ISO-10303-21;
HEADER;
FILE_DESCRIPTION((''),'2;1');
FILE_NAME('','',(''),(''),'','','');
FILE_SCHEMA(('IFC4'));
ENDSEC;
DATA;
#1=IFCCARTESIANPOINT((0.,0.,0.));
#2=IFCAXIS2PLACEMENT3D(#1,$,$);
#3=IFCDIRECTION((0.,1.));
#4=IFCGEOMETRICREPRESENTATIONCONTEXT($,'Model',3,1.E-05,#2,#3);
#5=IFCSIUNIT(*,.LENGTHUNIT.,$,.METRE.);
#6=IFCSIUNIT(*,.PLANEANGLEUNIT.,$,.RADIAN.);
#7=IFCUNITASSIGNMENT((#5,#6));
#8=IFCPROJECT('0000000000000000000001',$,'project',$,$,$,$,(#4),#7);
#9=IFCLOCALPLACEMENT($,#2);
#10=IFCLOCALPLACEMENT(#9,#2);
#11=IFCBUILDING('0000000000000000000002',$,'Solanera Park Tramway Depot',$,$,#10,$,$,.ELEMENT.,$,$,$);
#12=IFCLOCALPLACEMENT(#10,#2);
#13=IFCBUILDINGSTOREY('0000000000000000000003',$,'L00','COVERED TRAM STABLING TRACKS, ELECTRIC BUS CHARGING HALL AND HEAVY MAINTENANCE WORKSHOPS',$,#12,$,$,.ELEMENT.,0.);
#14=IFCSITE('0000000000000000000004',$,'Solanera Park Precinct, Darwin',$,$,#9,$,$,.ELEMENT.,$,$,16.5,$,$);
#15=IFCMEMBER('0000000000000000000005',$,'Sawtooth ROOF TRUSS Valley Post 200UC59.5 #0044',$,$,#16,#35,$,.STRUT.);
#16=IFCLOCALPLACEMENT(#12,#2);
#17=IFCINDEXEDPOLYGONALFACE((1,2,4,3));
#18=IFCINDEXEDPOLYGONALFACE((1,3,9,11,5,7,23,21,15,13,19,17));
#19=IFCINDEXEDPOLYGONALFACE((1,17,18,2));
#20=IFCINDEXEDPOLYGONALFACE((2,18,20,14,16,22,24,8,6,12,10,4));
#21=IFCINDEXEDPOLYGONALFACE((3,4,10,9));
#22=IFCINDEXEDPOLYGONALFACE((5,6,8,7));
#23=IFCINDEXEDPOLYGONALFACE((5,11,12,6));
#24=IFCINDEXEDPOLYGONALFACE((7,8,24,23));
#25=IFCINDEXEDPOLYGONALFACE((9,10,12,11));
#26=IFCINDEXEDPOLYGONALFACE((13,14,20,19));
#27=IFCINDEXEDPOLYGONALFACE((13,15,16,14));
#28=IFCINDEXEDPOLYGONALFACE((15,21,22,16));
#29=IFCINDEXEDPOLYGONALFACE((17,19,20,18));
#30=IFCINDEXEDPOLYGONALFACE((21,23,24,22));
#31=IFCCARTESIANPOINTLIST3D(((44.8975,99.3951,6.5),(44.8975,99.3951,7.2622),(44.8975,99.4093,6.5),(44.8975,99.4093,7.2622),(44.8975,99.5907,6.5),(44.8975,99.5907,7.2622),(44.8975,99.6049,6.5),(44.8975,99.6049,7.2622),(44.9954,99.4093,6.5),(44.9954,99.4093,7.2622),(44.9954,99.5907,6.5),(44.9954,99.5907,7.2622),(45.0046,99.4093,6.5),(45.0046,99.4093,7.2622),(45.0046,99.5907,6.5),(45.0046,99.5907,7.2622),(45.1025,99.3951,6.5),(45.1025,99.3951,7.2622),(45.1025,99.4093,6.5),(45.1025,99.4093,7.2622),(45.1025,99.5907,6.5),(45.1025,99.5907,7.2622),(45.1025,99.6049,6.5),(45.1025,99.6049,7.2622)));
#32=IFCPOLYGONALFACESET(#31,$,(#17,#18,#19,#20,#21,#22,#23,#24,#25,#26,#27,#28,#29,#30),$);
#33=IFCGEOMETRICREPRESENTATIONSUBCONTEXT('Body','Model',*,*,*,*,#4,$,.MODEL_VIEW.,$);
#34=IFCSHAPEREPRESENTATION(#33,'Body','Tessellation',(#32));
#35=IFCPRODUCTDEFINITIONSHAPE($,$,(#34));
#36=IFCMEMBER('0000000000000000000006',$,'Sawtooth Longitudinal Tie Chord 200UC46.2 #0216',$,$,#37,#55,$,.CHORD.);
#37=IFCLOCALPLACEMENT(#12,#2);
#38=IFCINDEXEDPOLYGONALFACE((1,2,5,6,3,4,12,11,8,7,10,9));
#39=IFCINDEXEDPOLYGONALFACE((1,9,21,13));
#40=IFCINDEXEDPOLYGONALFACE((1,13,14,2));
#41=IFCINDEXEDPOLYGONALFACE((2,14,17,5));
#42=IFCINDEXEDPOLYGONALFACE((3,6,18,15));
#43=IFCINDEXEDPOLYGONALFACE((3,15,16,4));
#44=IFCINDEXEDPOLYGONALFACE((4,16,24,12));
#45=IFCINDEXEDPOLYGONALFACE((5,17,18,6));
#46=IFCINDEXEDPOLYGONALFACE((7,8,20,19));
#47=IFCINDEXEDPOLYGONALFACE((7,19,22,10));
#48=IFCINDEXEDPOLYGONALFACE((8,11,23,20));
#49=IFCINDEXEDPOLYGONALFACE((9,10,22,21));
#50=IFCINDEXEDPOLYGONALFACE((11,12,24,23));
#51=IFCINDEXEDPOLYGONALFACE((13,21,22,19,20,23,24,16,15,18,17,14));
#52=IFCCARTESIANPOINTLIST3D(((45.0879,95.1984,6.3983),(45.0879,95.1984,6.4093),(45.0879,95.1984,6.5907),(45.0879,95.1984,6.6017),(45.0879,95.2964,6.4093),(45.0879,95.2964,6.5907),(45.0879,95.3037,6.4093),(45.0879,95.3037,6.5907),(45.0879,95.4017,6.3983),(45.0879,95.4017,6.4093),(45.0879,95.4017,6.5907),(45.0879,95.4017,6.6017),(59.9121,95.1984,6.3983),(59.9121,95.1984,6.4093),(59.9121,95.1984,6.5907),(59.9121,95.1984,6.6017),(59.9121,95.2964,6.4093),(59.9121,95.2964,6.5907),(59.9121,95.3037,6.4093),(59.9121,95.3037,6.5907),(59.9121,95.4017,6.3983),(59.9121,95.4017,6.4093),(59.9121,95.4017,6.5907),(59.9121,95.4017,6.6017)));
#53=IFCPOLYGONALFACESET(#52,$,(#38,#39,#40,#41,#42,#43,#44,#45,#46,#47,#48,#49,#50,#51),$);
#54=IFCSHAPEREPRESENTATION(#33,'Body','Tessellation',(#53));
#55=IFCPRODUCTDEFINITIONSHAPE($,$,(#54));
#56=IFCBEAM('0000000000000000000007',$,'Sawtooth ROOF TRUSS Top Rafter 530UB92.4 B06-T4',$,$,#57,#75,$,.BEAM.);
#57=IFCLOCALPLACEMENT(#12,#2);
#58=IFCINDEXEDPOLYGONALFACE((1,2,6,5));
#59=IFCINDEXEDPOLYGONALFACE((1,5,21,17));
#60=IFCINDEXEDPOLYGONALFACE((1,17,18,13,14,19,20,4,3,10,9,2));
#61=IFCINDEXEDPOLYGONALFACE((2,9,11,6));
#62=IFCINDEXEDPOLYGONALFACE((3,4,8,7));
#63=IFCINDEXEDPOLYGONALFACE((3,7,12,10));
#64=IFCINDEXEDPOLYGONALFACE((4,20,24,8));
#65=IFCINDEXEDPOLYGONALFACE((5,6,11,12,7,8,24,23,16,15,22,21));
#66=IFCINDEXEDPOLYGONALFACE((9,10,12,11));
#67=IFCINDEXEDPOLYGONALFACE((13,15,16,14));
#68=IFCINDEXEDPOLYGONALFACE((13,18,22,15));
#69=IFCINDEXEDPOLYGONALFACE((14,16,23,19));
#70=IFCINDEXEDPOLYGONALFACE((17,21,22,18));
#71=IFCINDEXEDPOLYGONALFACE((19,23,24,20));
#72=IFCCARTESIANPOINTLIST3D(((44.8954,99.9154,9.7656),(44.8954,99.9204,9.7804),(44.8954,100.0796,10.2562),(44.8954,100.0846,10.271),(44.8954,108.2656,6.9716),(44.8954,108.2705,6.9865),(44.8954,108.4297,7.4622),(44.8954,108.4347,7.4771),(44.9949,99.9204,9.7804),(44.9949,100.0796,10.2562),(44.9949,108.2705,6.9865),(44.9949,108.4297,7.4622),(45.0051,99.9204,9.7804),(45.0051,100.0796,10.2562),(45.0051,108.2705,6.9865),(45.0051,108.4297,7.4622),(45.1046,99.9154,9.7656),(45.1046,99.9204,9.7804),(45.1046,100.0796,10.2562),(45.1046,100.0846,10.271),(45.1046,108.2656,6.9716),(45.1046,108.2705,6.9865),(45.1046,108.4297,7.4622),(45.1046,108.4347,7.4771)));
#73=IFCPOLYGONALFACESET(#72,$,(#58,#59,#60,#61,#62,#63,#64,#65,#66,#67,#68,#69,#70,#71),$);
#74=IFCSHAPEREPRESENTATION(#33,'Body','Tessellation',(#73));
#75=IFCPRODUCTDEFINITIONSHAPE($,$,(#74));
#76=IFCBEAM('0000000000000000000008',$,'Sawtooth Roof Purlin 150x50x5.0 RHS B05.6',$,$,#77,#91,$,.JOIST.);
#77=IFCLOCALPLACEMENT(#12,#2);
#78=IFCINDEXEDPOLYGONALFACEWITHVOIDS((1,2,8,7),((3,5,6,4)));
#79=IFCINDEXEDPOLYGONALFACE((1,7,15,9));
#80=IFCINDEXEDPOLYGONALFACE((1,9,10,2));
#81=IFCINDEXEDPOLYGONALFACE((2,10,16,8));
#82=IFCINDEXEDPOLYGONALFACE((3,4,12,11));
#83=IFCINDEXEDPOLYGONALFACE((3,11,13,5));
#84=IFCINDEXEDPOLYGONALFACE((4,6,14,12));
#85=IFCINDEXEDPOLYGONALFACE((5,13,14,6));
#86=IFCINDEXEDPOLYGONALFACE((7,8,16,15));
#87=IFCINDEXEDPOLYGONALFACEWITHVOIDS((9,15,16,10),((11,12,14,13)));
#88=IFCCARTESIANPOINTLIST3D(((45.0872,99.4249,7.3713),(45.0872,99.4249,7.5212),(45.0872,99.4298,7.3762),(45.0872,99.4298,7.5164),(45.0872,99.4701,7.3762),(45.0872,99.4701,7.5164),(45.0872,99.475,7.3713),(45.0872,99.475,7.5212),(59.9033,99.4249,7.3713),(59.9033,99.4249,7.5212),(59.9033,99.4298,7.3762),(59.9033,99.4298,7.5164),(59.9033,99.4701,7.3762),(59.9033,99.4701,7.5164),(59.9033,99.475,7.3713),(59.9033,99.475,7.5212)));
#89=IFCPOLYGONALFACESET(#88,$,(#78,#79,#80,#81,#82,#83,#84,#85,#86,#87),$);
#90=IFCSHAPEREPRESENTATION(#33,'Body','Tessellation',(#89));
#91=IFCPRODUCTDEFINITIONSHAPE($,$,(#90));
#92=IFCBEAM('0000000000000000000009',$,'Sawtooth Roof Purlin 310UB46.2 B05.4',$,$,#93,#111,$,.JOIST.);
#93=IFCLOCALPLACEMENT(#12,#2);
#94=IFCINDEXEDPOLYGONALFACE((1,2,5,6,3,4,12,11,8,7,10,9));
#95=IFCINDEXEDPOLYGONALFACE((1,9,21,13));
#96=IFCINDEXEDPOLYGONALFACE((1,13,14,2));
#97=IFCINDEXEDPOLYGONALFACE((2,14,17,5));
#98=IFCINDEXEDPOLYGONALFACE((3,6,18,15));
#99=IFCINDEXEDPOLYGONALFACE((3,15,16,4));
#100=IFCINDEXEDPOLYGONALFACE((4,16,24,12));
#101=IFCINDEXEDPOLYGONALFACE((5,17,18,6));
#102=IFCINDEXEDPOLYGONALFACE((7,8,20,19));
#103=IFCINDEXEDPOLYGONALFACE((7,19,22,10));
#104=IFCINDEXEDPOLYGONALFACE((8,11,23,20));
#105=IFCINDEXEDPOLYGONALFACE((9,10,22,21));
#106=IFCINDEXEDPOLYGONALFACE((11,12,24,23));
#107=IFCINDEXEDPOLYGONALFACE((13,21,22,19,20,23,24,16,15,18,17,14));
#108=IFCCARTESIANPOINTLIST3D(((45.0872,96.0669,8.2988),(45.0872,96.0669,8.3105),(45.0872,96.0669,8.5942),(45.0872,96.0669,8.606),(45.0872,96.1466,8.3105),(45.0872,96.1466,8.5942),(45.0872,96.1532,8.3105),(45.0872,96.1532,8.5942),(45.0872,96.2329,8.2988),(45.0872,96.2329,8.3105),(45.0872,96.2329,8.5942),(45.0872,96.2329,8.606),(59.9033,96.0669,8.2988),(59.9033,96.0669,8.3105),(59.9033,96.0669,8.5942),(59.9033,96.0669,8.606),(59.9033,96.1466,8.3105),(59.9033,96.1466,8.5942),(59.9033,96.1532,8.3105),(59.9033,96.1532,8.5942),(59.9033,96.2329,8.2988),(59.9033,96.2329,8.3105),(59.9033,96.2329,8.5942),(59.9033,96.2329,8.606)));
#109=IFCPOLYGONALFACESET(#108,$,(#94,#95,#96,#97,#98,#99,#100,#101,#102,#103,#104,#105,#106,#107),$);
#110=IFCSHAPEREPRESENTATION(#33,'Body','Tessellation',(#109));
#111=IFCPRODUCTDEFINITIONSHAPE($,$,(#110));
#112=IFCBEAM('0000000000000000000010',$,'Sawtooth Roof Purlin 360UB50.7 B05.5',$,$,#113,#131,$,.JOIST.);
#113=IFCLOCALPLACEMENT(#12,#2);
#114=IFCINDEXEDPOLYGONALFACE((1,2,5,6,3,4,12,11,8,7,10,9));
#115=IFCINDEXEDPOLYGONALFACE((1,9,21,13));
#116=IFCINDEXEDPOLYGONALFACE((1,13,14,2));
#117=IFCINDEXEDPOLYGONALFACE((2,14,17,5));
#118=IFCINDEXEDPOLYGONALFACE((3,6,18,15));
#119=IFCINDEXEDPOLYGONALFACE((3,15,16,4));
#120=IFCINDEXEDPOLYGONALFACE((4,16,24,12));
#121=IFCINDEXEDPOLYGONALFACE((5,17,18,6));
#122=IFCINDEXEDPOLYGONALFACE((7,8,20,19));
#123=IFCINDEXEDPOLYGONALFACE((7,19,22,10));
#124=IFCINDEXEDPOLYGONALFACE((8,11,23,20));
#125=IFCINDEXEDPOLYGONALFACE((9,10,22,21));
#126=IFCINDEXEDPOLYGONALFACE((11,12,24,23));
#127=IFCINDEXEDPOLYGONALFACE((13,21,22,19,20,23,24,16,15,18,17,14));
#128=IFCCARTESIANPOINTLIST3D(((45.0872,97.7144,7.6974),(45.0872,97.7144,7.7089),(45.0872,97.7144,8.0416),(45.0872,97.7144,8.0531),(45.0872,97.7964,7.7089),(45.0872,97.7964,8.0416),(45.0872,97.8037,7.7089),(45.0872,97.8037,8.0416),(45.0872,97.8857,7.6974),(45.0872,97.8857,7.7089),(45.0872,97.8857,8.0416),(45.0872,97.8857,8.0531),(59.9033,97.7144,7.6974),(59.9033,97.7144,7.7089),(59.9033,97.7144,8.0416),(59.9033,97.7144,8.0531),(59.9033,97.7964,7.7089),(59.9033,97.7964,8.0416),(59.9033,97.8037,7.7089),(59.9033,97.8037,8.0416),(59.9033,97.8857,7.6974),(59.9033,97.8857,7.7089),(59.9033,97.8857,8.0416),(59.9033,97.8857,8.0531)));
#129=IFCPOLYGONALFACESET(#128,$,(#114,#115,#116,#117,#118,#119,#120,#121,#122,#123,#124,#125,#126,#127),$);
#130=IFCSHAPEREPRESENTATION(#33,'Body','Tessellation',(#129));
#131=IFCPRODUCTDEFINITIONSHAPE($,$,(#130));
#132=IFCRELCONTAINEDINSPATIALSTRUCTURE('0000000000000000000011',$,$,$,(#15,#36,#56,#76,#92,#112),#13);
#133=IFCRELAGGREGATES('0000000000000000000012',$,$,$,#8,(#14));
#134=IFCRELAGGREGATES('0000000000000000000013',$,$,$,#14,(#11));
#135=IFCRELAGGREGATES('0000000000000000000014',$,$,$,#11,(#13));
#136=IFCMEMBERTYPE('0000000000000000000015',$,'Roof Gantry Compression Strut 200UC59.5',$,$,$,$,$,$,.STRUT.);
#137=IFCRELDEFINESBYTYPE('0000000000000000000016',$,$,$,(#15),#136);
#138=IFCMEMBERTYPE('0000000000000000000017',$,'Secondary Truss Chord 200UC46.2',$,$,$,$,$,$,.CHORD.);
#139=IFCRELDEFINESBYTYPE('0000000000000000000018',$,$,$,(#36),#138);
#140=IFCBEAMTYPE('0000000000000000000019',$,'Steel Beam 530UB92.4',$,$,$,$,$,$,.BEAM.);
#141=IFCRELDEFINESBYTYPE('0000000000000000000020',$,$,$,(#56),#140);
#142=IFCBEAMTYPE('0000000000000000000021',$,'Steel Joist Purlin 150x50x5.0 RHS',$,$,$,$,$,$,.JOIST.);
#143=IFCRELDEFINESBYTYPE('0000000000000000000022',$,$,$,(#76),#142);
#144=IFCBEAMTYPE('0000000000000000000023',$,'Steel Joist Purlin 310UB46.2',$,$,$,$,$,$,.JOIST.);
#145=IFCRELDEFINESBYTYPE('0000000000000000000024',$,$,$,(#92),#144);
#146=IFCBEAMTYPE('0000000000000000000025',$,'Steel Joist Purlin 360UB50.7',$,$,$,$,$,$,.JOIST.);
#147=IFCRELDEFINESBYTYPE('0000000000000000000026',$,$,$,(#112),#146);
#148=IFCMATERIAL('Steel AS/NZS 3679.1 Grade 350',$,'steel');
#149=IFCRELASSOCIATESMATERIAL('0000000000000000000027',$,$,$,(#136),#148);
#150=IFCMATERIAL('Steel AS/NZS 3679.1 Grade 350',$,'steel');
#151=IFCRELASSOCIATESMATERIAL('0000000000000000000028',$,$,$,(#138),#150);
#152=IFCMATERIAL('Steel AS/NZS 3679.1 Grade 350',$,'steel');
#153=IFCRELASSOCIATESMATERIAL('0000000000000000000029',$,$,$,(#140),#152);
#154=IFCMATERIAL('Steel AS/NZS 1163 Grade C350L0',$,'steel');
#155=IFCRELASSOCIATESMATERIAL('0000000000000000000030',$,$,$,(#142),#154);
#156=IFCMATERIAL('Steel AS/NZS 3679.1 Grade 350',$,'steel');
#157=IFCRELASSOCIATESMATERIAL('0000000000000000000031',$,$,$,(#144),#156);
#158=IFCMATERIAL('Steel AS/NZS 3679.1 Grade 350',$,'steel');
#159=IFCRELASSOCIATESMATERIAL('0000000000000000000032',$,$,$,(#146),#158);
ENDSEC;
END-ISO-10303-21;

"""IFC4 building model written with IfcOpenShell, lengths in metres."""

from ifc_helpers import new_model, si_unit, direction, frame, origin, origin_2d, place, context, subcontext, project, spatial, hollow_rectangle, i_section, extrude, material, material_profile, profile_set, type_object, element, save


model = new_model("IFC4")

# Units and contexts
model_context = context("Model", 3, precision=1e-05, world=origin(), true_north=direction((0.0, 1.0)))
body_context = subcontext(model_context, "Body", "Model", "MODEL_VIEW")
ifc_project = project(units=[si_unit("LENGTHUNIT", "METRE"), si_unit("PLANEANGLEUNIT", "RADIAN")], contexts=[model_context])

# Site, building, storey
site_placement = place(None, origin())
site = spatial("IfcSite", under=ifc_project, at=site_placement, Name="Solanera Park Precinct, Darwin", CompositionType="ELEMENT", RefElevation=16.5)
building_placement = place(site_placement, origin())
building = spatial("IfcBuilding", under=site, at=building_placement, Name="Solanera Park Tramway Depot", CompositionType="ELEMENT")
storey_placement = place(building_placement, origin())
storey = spatial("IfcBuildingStorey", under=building, at=storey_placement, Name="L00", Description="COVERED TRAM STABLING TRACKS, ELECTRIC BUS CHARGING HALL AND HEAVY MAINTENANCE WORKSHOPS", CompositionType="ELEMENT", Elevation=0.0)

# Members
ifc_material_1 = material(Name="Steel AS/NZS 3679.1 Grade 350", Category="steel")
ifc_material_profile_1 = material_profile(ifc_material_1, i_section(OverallWidth=0.2051, OverallDepth=0.2097, WebThickness=0.0093, FlangeThickness=0.0142, at=origin_2d()), Name="200UC59.5")
ifc_profile_set_1 = profile_set([ifc_material_profile_1], Name="Steel AS/NZS 3679.1 Grade 350")
member_type_1 = type_object("IfcMemberType", Name="Roof Gantry Compression Strut 200UC59.5", PredefinedType="STRUT", material=ifc_profile_set_1)
member_1_placement = place(storey_placement, frame((45.0, 99.5, 6.5), z_axis=(0.0, 0.0, 1.0), x_axis=(1.0, 0.0, 0.0)))
element("IfcMember", 1, at=member_1_placement, inside=storey, type_object=member_type_1, Name="Sawtooth ROOF TRUSS Valley Post 200UC59.5 #0044", PredefinedType="STRUT", context=body_context, shape_type="SweptSolid", body=[
    extrude(i_section(OverallWidth=0.2051, OverallDepth=0.2097, WebThickness=0.0093, FlangeThickness=0.0142, at=origin_2d()), origin(), (0.0, 0.0, 1.0), 0.7622),
])
ifc_material_2 = material(Name="Steel AS/NZS 3679.1 Grade 350", Category="steel")
ifc_material_profile_2 = material_profile(ifc_material_2, i_section(OverallWidth=0.2034, OverallDepth=0.2034, WebThickness=0.0073, FlangeThickness=0.011, at=origin_2d()), Name="200UC46.2")
ifc_profile_set_2 = profile_set([ifc_material_profile_2], Name="Steel AS/NZS 3679.1 Grade 350")
member_type_2 = type_object("IfcMemberType", Name="Secondary Truss Chord 200UC46.2", PredefinedType="CHORD", material=ifc_profile_set_2)
member_2_placement = place(storey_placement, frame((45.0879, 95.3, 6.5), z_axis=(1.0, 0.0, 0.0), x_axis=(0.0, 1.0, 0.0)))
element("IfcMember", 2, at=member_2_placement, inside=storey, type_object=member_type_2, Name="Sawtooth Longitudinal Tie Chord 200UC46.2 #0216", PredefinedType="CHORD", context=body_context, shape_type="SweptSolid", body=[
    extrude(i_section(OverallWidth=0.2034, OverallDepth=0.2034, WebThickness=0.0073, FlangeThickness=0.011, at=origin_2d()), origin(), (0.0, 0.0, 1.0), 14.8242),
])

# Beams
ifc_material_3 = material(Name="Steel AS/NZS 3679.1 Grade 350", Category="steel")
ifc_material_profile_3 = material_profile(ifc_material_3, i_section(OverallWidth=0.2092, OverallDepth=0.533, WebThickness=0.0103, FlangeThickness=0.0156, at=origin_2d()), Name="530UB92.4")
ifc_profile_set_3 = profile_set([ifc_material_profile_3], Name="Steel AS/NZS 3679.1 Grade 350")
beam_type_1 = type_object("IfcBeamType", Name="Steel Beam 530UB92.4", PredefinedType="BEAM", material=ifc_profile_set_3)
beam_1_placement = place(storey_placement, frame((45.0, 100.0, 10.0183), z_axis=(0.0, 0.948322, -0.317309), x_axis=(-1.0, 0.0, 0.0)))
element("IfcBeam", 3, at=beam_1_placement, inside=storey, type_object=beam_type_1, Name="Sawtooth ROOF TRUSS Top Rafter 530UB92.4 B06-T4", PredefinedType="BEAM", context=body_context, shape_type="SweptSolid", body=[
    extrude(i_section(OverallWidth=0.2092, OverallDepth=0.533, WebThickness=0.0103, FlangeThickness=0.0156, at=origin_2d()), origin(), (0.0, 0.0, 1.0), 8.8052),
])
ifc_material_4 = material(Name="Steel AS/NZS 1163 Grade C350L0", Category="steel")
ifc_material_profile_4 = material_profile(ifc_material_4, hollow_rectangle(XDim=0.05, YDim=0.1499, WallThickness=0.0049, at=origin_2d()), Name="150x50x5.0 RHS")
ifc_profile_set_4 = profile_set([ifc_material_profile_4], Name="Steel AS/NZS 1163 Grade C350L0")
beam_type_2 = type_object("IfcBeamType", Name="Steel Joist Purlin 150x50x5.0 RHS", PredefinedType="JOIST", material=ifc_profile_set_4)
beam_2_placement = place(storey_placement, frame((45.0872, 99.45, 7.4463), z_axis=(1.0, 0.0, 0.0), x_axis=(0.0, 1.0, 0.0)))
element("IfcBeam", 4, at=beam_2_placement, inside=storey, type_object=beam_type_2, Name="Sawtooth Roof Purlin 150x50x5.0 RHS B05.6", PredefinedType="JOIST", context=body_context, shape_type="SweptSolid", body=[
    extrude(hollow_rectangle(XDim=0.05, YDim=0.1499, WallThickness=0.0049, at=origin_2d()), origin(), (0.0, 0.0, 1.0), 14.8162),
])
ifc_material_5 = material(Name="Steel AS/NZS 3679.1 Grade 350", Category="steel")
ifc_material_profile_5 = material_profile(ifc_material_5, i_section(OverallWidth=0.166, OverallDepth=0.3071, WebThickness=0.0066, FlangeThickness=0.0117, at=origin_2d()), Name="310UB46.2")
ifc_profile_set_5 = profile_set([ifc_material_profile_5], Name="Steel AS/NZS 3679.1 Grade 350")
beam_type_3 = type_object("IfcBeamType", Name="Steel Joist Purlin 310UB46.2", PredefinedType="JOIST", material=ifc_profile_set_5)
beam_3_placement = place(storey_placement, frame((45.0872, 96.1499, 8.4524), z_axis=(1.0, 0.0, 0.0), x_axis=(0.0, 1.0, 0.0)))
element("IfcBeam", 5, at=beam_3_placement, inside=storey, type_object=beam_type_3, Name="Sawtooth Roof Purlin 310UB46.2 B05.4", PredefinedType="JOIST", context=body_context, shape_type="SweptSolid", body=[
    extrude(i_section(OverallWidth=0.166, OverallDepth=0.3071, WebThickness=0.0066, FlangeThickness=0.0117, at=origin_2d()), origin(), (0.0, 0.0, 1.0), 14.8162),
])
ifc_material_6 = material(Name="Steel AS/NZS 3679.1 Grade 350", Category="steel")
ifc_material_profile_6 = material_profile(ifc_material_6, i_section(OverallWidth=0.1714, OverallDepth=0.3557, WebThickness=0.0073, FlangeThickness=0.0115, at=origin_2d()), Name="360UB50.7")
ifc_profile_set_6 = profile_set([ifc_material_profile_6], Name="Steel AS/NZS 3679.1 Grade 350")
beam_type_4 = type_object("IfcBeamType", Name="Steel Joist Purlin 360UB50.7", PredefinedType="JOIST", material=ifc_profile_set_6)
beam_4_placement = place(storey_placement, frame((45.0872, 97.8, 7.8752), z_axis=(1.0, 0.0, 0.0), x_axis=(0.0, 1.0, 0.0)))
element("IfcBeam", 6, at=beam_4_placement, inside=storey, type_object=beam_type_4, Name="Sawtooth Roof Purlin 360UB50.7 B05.5", PredefinedType="JOIST", context=body_context, shape_type="SweptSolid", body=[
    extrude(i_section(OverallWidth=0.1714, OverallDepth=0.3557, WebThickness=0.0073, FlangeThickness=0.0115, at=origin_2d()), origin(), (0.0, 0.0, 1.0), 14.8162),
])

save(model, "model.ifc")
